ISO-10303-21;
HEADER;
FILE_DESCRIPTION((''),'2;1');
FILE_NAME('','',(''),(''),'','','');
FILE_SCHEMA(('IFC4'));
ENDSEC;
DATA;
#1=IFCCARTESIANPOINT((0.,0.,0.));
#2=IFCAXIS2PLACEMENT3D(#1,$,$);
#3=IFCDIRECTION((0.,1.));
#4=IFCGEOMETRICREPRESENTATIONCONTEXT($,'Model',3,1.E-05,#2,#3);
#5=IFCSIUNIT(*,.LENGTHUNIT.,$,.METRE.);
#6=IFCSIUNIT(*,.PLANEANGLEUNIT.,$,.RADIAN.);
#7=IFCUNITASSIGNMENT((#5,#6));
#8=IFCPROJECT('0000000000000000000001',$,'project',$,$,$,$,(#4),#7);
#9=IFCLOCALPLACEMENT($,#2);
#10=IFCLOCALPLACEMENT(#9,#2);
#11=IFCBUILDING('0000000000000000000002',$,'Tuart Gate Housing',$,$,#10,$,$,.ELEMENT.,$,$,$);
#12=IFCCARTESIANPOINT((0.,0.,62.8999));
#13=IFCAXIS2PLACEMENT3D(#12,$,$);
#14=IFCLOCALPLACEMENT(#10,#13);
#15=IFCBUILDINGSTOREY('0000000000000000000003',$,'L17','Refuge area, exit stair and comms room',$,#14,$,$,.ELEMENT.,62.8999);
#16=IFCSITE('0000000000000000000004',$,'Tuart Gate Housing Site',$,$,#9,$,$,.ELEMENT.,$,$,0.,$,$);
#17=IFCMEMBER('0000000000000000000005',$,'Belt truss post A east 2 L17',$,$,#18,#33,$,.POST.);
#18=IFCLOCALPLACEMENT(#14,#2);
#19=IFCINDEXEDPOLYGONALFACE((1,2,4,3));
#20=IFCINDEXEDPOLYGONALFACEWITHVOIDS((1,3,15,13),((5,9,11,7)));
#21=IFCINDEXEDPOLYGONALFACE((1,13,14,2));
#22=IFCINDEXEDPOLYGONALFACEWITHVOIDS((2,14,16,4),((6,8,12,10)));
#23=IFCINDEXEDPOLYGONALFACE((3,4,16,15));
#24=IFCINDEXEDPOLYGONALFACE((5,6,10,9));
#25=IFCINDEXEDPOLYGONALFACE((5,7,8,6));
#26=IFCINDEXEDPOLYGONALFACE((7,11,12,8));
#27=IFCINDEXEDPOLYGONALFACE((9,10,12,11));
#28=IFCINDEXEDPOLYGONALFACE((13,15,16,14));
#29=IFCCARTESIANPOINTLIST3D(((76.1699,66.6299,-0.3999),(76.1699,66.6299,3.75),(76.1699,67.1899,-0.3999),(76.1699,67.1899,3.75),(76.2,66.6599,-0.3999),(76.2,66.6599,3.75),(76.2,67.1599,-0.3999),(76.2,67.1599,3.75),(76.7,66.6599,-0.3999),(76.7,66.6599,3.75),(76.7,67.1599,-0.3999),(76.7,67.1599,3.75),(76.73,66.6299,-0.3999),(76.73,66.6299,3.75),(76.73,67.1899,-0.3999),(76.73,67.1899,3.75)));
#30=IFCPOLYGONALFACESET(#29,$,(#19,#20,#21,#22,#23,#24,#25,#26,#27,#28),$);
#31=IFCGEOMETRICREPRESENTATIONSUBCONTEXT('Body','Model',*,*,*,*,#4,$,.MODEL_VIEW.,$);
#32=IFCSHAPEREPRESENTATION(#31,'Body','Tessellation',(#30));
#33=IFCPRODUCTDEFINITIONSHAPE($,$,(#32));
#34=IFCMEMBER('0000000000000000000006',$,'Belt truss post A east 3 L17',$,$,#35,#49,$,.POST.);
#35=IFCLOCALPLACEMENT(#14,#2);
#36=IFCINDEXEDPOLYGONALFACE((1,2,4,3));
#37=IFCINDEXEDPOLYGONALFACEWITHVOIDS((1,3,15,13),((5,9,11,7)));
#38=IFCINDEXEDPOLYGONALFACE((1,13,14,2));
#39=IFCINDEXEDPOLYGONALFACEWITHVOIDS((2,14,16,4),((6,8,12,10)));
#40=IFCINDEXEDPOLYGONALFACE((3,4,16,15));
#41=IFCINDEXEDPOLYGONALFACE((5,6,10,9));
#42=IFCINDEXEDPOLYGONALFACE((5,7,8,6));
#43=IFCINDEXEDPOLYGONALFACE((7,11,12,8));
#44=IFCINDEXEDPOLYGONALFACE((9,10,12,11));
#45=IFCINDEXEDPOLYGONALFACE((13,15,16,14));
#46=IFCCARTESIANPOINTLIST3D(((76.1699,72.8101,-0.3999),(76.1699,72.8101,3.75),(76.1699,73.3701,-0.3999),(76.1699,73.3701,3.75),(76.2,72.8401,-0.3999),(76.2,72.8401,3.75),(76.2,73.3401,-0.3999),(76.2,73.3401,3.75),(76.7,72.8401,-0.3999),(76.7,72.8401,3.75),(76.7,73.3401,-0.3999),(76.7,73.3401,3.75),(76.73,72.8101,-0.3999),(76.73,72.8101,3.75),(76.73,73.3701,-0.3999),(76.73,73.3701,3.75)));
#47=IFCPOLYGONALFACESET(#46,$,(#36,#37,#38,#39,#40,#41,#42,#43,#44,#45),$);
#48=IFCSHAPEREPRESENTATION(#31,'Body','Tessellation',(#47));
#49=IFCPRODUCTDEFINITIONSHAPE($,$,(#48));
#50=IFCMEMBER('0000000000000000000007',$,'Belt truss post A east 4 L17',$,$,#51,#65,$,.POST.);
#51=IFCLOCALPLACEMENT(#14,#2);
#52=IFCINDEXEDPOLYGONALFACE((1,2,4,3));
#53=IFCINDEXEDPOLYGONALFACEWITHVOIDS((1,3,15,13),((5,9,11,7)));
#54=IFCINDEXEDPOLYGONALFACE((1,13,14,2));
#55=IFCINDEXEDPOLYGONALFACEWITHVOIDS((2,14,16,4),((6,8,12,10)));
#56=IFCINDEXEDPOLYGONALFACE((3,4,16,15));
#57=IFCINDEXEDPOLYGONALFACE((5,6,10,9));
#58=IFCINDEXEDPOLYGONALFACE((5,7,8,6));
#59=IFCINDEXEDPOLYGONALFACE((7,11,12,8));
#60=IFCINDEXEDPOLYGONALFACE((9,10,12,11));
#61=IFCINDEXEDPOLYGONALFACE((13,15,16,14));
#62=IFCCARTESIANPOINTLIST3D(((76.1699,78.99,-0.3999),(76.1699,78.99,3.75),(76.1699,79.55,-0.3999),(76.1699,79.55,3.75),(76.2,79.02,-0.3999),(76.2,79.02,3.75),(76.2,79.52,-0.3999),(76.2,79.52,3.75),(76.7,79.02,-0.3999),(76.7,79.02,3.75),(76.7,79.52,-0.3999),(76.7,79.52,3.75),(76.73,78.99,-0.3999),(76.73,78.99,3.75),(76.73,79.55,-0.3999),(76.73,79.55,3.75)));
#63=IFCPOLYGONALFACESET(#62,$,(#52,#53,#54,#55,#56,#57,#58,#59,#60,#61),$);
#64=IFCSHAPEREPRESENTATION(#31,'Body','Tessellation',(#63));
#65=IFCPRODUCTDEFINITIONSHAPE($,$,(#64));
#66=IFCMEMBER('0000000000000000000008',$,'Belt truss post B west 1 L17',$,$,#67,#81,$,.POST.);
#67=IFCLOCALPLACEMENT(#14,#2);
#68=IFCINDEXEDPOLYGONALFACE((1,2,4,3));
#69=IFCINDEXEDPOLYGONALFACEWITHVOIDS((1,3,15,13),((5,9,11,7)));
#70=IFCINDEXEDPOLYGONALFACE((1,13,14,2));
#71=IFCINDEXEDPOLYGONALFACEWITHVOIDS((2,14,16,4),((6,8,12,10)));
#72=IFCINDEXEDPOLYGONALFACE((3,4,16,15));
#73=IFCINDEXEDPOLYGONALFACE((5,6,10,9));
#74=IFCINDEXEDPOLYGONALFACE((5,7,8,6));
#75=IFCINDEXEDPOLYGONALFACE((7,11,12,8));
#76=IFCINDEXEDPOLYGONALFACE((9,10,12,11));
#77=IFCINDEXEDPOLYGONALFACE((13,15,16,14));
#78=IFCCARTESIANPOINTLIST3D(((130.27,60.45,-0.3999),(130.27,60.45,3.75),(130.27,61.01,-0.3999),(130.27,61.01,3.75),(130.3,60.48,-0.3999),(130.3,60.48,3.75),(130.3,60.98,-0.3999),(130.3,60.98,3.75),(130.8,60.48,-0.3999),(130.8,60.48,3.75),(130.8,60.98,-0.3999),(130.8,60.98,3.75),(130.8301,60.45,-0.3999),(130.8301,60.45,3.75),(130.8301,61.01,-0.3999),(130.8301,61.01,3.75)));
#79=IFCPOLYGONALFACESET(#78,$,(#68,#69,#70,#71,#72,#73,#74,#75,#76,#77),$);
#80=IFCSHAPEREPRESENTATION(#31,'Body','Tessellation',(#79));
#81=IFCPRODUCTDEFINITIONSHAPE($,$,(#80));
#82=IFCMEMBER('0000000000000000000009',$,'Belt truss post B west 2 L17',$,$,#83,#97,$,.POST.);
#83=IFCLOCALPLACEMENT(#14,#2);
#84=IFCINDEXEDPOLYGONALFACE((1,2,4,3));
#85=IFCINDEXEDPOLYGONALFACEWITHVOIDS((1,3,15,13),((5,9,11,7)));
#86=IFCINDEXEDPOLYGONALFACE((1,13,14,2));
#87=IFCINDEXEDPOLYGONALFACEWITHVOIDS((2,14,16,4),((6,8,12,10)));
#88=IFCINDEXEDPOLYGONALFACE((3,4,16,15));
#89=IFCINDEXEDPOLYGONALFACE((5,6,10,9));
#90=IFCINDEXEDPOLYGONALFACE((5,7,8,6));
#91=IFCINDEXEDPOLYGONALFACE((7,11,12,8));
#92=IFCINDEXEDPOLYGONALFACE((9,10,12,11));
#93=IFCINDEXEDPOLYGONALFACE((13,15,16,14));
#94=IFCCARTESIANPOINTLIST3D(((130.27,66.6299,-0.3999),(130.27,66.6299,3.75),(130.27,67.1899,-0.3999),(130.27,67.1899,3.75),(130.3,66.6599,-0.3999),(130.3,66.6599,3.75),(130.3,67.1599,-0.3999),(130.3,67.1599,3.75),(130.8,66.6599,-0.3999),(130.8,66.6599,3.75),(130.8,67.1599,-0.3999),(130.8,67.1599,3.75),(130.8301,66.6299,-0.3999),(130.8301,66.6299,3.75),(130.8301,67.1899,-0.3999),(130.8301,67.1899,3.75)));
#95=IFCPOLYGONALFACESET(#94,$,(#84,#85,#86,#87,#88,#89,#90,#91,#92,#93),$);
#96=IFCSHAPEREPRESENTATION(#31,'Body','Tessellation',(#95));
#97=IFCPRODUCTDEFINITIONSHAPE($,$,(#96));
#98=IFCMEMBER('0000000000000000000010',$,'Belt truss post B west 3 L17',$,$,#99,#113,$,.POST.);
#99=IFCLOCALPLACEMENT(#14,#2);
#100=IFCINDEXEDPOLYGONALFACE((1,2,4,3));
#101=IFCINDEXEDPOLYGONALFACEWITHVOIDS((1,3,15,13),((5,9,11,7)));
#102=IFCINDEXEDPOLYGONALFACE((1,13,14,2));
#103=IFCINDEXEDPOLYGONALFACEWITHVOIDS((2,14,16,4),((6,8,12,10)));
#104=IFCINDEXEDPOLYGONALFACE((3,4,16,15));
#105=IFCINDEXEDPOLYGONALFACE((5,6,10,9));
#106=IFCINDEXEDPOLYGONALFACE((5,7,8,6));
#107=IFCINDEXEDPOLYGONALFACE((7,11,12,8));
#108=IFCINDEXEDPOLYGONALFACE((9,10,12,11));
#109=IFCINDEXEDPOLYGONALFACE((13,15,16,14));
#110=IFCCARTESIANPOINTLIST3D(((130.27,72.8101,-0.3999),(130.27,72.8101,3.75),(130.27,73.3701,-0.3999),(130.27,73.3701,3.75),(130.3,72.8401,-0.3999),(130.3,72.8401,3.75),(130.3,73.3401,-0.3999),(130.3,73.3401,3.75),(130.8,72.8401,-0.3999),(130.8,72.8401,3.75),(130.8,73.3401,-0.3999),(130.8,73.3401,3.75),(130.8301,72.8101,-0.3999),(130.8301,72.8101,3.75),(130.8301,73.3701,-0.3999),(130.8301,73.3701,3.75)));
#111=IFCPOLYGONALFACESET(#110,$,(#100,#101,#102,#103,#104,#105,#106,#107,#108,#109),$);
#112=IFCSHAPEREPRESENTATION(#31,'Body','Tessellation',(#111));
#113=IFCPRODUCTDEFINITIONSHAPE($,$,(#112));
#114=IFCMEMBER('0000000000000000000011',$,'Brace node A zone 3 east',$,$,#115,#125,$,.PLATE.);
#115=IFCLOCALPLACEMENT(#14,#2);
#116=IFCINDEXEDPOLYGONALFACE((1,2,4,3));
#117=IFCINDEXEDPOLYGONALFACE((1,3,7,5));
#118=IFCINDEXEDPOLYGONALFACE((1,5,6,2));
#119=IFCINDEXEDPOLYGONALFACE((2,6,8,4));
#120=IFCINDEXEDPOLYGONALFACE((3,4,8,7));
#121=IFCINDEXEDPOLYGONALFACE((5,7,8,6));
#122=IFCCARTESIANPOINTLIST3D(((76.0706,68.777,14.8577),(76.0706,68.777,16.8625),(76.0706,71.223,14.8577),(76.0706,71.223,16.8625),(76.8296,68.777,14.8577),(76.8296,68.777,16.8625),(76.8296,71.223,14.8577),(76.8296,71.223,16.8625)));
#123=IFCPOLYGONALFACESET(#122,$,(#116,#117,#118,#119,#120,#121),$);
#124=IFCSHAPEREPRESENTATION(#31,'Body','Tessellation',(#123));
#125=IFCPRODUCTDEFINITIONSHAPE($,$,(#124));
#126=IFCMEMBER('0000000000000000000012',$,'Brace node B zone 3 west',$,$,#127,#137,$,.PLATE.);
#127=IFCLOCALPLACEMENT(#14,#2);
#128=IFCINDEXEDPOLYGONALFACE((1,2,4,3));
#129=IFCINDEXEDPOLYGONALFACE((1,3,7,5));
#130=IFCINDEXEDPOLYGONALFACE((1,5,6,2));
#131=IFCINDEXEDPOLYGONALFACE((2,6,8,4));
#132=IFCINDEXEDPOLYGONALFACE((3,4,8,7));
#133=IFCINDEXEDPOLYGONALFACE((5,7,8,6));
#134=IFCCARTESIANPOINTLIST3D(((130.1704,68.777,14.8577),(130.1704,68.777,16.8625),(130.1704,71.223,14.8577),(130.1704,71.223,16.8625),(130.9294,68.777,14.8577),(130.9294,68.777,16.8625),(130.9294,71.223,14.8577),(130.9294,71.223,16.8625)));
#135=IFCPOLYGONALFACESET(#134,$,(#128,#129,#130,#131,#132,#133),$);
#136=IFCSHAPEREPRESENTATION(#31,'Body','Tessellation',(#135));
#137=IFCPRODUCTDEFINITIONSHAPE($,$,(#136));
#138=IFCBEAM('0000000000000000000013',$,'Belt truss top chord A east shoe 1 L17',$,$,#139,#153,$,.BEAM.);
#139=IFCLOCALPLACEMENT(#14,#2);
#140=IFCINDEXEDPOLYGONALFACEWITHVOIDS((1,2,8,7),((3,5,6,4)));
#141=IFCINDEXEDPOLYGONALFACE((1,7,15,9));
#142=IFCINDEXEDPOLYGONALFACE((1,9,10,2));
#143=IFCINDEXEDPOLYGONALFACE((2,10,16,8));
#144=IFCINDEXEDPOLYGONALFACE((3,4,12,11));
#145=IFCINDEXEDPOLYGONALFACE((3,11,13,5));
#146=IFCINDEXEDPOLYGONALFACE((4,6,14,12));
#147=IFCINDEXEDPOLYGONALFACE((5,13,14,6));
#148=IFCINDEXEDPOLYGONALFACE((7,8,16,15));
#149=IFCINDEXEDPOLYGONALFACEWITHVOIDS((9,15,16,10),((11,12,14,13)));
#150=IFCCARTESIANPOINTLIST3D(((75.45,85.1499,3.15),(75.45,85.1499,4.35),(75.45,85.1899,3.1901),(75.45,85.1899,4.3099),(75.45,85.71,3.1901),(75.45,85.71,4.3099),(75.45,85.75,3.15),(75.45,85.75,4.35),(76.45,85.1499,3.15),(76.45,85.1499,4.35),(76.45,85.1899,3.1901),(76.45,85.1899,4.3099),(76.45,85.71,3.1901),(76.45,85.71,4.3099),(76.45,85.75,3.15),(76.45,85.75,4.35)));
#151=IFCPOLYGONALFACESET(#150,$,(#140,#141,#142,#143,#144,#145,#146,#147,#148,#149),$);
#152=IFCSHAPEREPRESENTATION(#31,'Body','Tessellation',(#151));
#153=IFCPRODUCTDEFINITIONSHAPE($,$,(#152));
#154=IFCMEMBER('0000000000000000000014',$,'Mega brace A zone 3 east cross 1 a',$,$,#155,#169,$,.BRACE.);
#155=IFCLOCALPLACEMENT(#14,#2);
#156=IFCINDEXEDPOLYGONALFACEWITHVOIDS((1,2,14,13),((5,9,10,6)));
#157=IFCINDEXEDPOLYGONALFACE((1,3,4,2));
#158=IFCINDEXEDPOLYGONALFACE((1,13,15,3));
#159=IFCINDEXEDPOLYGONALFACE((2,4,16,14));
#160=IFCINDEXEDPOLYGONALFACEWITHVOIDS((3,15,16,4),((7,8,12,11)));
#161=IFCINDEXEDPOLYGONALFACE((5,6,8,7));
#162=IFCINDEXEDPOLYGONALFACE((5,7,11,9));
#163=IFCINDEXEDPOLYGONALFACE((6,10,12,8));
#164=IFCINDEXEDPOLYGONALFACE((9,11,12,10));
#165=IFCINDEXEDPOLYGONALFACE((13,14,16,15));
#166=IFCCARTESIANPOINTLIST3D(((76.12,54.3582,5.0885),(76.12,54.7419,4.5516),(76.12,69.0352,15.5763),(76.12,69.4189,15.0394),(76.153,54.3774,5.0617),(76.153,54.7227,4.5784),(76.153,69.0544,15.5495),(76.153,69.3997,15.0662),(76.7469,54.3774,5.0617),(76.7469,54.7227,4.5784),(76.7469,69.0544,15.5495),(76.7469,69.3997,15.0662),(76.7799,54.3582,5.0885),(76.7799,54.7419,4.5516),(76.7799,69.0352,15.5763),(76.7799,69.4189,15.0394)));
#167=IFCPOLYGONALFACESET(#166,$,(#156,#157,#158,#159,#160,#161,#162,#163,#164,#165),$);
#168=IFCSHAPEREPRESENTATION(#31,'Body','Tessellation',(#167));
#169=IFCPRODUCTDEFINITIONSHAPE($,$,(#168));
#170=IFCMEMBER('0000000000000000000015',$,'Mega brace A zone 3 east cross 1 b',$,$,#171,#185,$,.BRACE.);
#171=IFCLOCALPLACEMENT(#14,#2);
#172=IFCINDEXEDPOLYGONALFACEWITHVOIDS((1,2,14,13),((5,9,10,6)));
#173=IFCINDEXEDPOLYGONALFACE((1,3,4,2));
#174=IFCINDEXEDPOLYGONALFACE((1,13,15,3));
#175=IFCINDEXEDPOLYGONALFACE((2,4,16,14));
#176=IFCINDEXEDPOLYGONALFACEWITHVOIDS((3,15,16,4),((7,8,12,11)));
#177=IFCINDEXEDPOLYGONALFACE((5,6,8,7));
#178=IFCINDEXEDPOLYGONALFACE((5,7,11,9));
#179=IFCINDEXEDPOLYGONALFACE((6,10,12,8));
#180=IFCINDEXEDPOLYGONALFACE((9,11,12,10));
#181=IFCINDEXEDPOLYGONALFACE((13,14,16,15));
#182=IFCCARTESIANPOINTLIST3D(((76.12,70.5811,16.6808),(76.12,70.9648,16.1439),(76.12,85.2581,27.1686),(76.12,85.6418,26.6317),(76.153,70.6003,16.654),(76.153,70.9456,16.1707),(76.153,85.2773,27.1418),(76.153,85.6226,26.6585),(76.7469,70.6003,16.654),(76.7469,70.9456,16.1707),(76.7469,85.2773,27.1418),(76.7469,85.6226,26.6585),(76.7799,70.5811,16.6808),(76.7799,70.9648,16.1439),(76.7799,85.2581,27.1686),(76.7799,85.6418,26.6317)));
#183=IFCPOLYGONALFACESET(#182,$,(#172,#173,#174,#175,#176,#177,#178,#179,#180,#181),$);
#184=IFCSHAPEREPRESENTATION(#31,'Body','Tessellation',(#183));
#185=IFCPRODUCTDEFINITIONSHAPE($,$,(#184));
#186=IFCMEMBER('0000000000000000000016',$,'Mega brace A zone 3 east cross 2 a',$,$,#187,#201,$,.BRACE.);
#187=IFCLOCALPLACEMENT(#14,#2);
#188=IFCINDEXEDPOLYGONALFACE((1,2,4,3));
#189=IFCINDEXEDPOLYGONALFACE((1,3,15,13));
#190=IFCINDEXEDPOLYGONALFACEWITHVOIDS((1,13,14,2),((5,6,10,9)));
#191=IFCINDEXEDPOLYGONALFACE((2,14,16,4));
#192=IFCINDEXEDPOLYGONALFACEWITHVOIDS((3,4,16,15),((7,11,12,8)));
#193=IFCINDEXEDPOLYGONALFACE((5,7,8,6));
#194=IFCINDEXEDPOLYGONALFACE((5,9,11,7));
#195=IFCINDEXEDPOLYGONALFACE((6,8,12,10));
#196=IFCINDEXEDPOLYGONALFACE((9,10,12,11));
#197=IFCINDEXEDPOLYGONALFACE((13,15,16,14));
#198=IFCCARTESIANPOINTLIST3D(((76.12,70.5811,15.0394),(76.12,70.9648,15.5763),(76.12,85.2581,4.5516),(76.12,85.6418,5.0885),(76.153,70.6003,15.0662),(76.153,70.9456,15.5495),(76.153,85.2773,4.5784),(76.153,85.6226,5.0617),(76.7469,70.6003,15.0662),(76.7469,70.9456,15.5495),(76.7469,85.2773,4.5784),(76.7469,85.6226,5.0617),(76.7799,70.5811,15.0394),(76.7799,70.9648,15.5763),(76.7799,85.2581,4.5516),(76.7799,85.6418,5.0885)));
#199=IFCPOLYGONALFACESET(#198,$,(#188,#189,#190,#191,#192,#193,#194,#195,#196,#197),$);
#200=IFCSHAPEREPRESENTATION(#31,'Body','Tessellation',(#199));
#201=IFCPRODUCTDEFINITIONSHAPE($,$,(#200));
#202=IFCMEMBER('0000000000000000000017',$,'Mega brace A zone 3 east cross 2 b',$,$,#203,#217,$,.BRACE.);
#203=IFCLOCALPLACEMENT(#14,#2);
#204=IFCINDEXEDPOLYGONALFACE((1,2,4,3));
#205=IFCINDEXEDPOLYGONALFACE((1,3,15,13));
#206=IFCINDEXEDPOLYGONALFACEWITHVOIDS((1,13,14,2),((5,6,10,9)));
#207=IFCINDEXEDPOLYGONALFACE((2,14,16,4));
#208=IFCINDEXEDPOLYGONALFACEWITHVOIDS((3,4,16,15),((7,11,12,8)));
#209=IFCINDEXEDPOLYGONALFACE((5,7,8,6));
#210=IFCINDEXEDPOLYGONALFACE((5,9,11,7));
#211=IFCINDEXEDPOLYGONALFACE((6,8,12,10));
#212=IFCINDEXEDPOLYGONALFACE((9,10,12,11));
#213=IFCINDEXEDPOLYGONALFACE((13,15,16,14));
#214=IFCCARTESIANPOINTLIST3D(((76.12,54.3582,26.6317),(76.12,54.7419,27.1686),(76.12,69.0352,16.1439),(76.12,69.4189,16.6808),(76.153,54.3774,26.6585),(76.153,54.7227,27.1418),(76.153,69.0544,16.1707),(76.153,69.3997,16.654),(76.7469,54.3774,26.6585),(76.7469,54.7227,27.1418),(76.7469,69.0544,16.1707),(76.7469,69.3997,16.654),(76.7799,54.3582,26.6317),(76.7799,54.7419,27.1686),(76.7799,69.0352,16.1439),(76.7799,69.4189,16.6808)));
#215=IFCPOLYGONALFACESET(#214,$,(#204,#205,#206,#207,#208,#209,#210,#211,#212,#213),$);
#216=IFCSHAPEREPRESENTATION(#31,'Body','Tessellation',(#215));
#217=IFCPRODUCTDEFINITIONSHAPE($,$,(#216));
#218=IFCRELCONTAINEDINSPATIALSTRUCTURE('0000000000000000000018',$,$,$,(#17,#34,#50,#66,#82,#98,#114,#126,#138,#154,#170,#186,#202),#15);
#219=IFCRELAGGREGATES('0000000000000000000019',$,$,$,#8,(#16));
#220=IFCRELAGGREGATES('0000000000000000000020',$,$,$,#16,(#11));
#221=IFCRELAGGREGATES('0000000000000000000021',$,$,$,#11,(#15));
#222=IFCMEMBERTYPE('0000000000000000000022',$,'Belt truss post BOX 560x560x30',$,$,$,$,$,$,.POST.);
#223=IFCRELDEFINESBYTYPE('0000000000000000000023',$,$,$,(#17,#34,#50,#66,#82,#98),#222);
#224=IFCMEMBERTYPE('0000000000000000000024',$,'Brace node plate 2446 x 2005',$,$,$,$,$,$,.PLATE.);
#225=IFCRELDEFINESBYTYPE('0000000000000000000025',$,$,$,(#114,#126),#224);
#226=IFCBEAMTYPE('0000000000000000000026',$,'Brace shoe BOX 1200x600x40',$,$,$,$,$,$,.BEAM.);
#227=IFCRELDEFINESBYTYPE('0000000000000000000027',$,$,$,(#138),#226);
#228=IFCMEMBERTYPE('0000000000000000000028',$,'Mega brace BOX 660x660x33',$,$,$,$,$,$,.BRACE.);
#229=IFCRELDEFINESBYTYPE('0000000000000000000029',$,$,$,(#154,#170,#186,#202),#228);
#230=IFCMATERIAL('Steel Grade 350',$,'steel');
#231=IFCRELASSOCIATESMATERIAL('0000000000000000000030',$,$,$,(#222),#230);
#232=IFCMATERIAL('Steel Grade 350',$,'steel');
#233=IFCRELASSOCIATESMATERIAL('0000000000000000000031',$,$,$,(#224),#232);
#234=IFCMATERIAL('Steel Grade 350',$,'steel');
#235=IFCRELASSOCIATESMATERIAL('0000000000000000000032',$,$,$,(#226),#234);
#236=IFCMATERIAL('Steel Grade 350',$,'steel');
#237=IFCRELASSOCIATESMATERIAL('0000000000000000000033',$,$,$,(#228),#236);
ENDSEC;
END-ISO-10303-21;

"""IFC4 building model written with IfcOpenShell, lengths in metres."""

from ifc_helpers import new_model, si_unit, direction, frame, origin, origin_2d, place, context, subcontext, project, spatial, rectangle, hollow_rectangle, extrude, material, material_profile, profile_set, type_object, element, save


model = new_model("IFC4")

# Units and contexts
model_context = context("Model", 3, precision=1e-05, world=origin(), true_north=direction((0.0, 1.0)))
body_context = subcontext(model_context, "Body", "Model", "MODEL_VIEW")
ifc_project = project(units=[si_unit("LENGTHUNIT", "METRE"), si_unit("PLANEANGLEUNIT", "RADIAN")], contexts=[model_context])

# Site, building, storey
site_placement = place(None, origin())
site = spatial("IfcSite", under=ifc_project, at=site_placement, Name="Tuart Gate Housing Site", CompositionType="ELEMENT", RefElevation=0.0)
building_placement = place(site_placement, origin())
building = spatial("IfcBuilding", under=site, at=building_placement, Name="Tuart Gate Housing", CompositionType="ELEMENT")
storey_placement = place(building_placement, frame((0.0, 0.0, 62.8999)))
storey = spatial("IfcBuildingStorey", under=building, at=storey_placement, Name="L17", Description="Refuge area, exit stair and comms room", CompositionType="ELEMENT", Elevation=62.8999)

# Members
ifc_material_1 = material(Name="Steel Grade 350", Category="steel")
ifc_material_profile_1 = material_profile(ifc_material_1, hollow_rectangle(XDim=0.5601, YDim=0.5601, WallThickness=0.03, at=origin_2d()), Name="BOX 560x560x30")
ifc_profile_set_1 = profile_set([ifc_material_profile_1], Name="Steel Grade 350")
member_type_1 = type_object("IfcMemberType", Name="Belt truss post BOX 560x560x30", PredefinedType="POST", material=ifc_profile_set_1)
for number, where, z_axis, x_axis, name in (
    (1, (76.45, 66.9099, -0.3999), (0.0, 0.0, 1.0), (1.0, 0.0, 0.0), "Belt truss post A east 2 L17"),
    (2, (76.45, 73.0901, -0.3999), (0.0, 0.0, 1.0), (1.0, 0.0, 0.0), "Belt truss post A east 3 L17"),
    (3, (76.45, 79.27, -0.3999), (0.0, 0.0, 1.0), (1.0, 0.0, 0.0), "Belt truss post A east 4 L17"),
    (4, (130.55, 60.73, -0.3999), (0.0, 0.0, 1.0), (1.0, 0.0, 0.0), "Belt truss post B west 1 L17"),
    (5, (130.55, 66.9099, -0.3999), (0.0, 0.0, 1.0), (1.0, 0.0, 0.0), "Belt truss post B west 2 L17"),
    (6, (130.55, 73.0901, -0.3999), (0.0, 0.0, 1.0), (1.0, 0.0, 0.0), "Belt truss post B west 3 L17"),
):
    element("IfcMember", number, at=place(storey_placement, frame(where, z_axis=z_axis, x_axis=x_axis)), inside=storey, type_object=member_type_1, Name=name, PredefinedType="POST", context=body_context, shape_type="SweptSolid", body=[
        extrude(hollow_rectangle(XDim=0.5601, YDim=0.5601, WallThickness=0.03, at=origin_2d()), origin(), (0.0, 0.0, 1.0), 4.1499),
    ])
ifc_material_2 = material(Name="Steel Grade 350", Category="steel")
ifc_material_profile_2 = material_profile(ifc_material_2, rectangle(XDim=2.446, YDim=2.0049, at=origin_2d()), Name="Brace node plate 2446 x 2005")
ifc_profile_set_2 = profile_set([ifc_material_profile_2], Name="Steel Grade 350")
member_type_2 = type_object("IfcMemberType", Name="Brace node plate 2446 x 2005", PredefinedType="PLATE", material=ifc_profile_set_2)
for number, where, z_axis, x_axis, name in (
    (7, (76.0706, 70.0, 15.8601), (1.0, 0.0, 0.0), (0.0, 1.0, 0.0), "Brace node A zone 3 east"),
    (8, (130.1704, 70.0, 15.8601), (1.0, 0.0, 0.0), (0.0, 1.0, 0.0), "Brace node B zone 3 west"),
):
    element("IfcMember", number, at=place(storey_placement, frame(where, z_axis=z_axis, x_axis=x_axis)), inside=storey, type_object=member_type_2, Name=name, PredefinedType="PLATE", context=body_context, shape_type="SweptSolid", body=[
        extrude(rectangle(XDim=2.446, YDim=2.0049, at=origin_2d()), origin(), (0.0, 0.0, 1.0), 0.759),
    ])

# Beam
ifc_material_3 = material(Name="Steel Grade 350", Category="steel")
ifc_material_profile_3 = material_profile(ifc_material_3, hollow_rectangle(XDim=0.6001, YDim=1.2, WallThickness=0.04, at=origin_2d()), Name="BOX 1200x600x40")
ifc_profile_set_3 = profile_set([ifc_material_profile_3], Name="Steel Grade 350")
beam_type_1 = type_object("IfcBeamType", Name="Brace shoe BOX 1200x600x40", PredefinedType="BEAM", material=ifc_profile_set_3)
beam_placement = place(storey_placement, frame((75.45, 85.45, 3.75), z_axis=(1.0, 0.0, 0.0), x_axis=(0.0, 1.0, 0.0)))
element("IfcBeam", 9, at=beam_placement, inside=storey, type_object=beam_type_1, Name="Belt truss top chord A east shoe 1 L17", PredefinedType="BEAM", context=body_context, shape_type="SweptSolid", body=[
    extrude(hollow_rectangle(XDim=0.6001, YDim=1.2, WallThickness=0.04, at=origin_2d()), origin(), (0.0, 0.0, 1.0), 1.0),
])

# Members
ifc_material_4 = material(Name="Steel Grade 350", Category="steel")
ifc_material_profile_4 = material_profile(ifc_material_4, hollow_rectangle(XDim=0.6599, YDim=0.6599, WallThickness=0.033, at=origin_2d()), Name="BOX 660x660x33")
ifc_profile_set_4 = profile_set([ifc_material_profile_4], Name="Steel Grade 350")
member_type_3 = type_object("IfcMemberType", Name="Mega brace BOX 660x660x33", PredefinedType="BRACE", material=ifc_profile_set_4)
for number, where, z_axis, x_axis, name in (
    (10, (76.45, 54.55, 4.8201), (0.0, 0.813623, 0.581393), (-1.0, 0.0, 0.0), "Mega brace A zone 3 east cross 1 a"),
    (11, (76.45, 70.7729, 16.4124), (0.0, 0.813623, 0.581393), (-1.0, 0.0, 0.0), "Mega brace A zone 3 east cross 1 b"),
    (12, (76.45, 85.45, 4.8201), (0.0, -0.813623, 0.581393), (1.0, 0.0, 0.0), "Mega brace A zone 3 east cross 2 a"),
    (13, (76.45, 69.2271, 16.4124), (0.0, -0.813623, 0.581393), (1.0, 0.0, 0.0), "Mega brace A zone 3 east cross 2 b"),
):
    element("IfcMember", number, at=place(storey_placement, frame(where, z_axis=z_axis, x_axis=x_axis)), inside=storey, type_object=member_type_3, Name=name, PredefinedType="BRACE", context=body_context, shape_type="SweptSolid", body=[
        extrude(hollow_rectangle(XDim=0.6599, YDim=0.6599, WallThickness=0.033, at=origin_2d()), origin(), (0.0, 0.0, 1.0), 18.0391),
    ])

save(model, "model.ifc")
